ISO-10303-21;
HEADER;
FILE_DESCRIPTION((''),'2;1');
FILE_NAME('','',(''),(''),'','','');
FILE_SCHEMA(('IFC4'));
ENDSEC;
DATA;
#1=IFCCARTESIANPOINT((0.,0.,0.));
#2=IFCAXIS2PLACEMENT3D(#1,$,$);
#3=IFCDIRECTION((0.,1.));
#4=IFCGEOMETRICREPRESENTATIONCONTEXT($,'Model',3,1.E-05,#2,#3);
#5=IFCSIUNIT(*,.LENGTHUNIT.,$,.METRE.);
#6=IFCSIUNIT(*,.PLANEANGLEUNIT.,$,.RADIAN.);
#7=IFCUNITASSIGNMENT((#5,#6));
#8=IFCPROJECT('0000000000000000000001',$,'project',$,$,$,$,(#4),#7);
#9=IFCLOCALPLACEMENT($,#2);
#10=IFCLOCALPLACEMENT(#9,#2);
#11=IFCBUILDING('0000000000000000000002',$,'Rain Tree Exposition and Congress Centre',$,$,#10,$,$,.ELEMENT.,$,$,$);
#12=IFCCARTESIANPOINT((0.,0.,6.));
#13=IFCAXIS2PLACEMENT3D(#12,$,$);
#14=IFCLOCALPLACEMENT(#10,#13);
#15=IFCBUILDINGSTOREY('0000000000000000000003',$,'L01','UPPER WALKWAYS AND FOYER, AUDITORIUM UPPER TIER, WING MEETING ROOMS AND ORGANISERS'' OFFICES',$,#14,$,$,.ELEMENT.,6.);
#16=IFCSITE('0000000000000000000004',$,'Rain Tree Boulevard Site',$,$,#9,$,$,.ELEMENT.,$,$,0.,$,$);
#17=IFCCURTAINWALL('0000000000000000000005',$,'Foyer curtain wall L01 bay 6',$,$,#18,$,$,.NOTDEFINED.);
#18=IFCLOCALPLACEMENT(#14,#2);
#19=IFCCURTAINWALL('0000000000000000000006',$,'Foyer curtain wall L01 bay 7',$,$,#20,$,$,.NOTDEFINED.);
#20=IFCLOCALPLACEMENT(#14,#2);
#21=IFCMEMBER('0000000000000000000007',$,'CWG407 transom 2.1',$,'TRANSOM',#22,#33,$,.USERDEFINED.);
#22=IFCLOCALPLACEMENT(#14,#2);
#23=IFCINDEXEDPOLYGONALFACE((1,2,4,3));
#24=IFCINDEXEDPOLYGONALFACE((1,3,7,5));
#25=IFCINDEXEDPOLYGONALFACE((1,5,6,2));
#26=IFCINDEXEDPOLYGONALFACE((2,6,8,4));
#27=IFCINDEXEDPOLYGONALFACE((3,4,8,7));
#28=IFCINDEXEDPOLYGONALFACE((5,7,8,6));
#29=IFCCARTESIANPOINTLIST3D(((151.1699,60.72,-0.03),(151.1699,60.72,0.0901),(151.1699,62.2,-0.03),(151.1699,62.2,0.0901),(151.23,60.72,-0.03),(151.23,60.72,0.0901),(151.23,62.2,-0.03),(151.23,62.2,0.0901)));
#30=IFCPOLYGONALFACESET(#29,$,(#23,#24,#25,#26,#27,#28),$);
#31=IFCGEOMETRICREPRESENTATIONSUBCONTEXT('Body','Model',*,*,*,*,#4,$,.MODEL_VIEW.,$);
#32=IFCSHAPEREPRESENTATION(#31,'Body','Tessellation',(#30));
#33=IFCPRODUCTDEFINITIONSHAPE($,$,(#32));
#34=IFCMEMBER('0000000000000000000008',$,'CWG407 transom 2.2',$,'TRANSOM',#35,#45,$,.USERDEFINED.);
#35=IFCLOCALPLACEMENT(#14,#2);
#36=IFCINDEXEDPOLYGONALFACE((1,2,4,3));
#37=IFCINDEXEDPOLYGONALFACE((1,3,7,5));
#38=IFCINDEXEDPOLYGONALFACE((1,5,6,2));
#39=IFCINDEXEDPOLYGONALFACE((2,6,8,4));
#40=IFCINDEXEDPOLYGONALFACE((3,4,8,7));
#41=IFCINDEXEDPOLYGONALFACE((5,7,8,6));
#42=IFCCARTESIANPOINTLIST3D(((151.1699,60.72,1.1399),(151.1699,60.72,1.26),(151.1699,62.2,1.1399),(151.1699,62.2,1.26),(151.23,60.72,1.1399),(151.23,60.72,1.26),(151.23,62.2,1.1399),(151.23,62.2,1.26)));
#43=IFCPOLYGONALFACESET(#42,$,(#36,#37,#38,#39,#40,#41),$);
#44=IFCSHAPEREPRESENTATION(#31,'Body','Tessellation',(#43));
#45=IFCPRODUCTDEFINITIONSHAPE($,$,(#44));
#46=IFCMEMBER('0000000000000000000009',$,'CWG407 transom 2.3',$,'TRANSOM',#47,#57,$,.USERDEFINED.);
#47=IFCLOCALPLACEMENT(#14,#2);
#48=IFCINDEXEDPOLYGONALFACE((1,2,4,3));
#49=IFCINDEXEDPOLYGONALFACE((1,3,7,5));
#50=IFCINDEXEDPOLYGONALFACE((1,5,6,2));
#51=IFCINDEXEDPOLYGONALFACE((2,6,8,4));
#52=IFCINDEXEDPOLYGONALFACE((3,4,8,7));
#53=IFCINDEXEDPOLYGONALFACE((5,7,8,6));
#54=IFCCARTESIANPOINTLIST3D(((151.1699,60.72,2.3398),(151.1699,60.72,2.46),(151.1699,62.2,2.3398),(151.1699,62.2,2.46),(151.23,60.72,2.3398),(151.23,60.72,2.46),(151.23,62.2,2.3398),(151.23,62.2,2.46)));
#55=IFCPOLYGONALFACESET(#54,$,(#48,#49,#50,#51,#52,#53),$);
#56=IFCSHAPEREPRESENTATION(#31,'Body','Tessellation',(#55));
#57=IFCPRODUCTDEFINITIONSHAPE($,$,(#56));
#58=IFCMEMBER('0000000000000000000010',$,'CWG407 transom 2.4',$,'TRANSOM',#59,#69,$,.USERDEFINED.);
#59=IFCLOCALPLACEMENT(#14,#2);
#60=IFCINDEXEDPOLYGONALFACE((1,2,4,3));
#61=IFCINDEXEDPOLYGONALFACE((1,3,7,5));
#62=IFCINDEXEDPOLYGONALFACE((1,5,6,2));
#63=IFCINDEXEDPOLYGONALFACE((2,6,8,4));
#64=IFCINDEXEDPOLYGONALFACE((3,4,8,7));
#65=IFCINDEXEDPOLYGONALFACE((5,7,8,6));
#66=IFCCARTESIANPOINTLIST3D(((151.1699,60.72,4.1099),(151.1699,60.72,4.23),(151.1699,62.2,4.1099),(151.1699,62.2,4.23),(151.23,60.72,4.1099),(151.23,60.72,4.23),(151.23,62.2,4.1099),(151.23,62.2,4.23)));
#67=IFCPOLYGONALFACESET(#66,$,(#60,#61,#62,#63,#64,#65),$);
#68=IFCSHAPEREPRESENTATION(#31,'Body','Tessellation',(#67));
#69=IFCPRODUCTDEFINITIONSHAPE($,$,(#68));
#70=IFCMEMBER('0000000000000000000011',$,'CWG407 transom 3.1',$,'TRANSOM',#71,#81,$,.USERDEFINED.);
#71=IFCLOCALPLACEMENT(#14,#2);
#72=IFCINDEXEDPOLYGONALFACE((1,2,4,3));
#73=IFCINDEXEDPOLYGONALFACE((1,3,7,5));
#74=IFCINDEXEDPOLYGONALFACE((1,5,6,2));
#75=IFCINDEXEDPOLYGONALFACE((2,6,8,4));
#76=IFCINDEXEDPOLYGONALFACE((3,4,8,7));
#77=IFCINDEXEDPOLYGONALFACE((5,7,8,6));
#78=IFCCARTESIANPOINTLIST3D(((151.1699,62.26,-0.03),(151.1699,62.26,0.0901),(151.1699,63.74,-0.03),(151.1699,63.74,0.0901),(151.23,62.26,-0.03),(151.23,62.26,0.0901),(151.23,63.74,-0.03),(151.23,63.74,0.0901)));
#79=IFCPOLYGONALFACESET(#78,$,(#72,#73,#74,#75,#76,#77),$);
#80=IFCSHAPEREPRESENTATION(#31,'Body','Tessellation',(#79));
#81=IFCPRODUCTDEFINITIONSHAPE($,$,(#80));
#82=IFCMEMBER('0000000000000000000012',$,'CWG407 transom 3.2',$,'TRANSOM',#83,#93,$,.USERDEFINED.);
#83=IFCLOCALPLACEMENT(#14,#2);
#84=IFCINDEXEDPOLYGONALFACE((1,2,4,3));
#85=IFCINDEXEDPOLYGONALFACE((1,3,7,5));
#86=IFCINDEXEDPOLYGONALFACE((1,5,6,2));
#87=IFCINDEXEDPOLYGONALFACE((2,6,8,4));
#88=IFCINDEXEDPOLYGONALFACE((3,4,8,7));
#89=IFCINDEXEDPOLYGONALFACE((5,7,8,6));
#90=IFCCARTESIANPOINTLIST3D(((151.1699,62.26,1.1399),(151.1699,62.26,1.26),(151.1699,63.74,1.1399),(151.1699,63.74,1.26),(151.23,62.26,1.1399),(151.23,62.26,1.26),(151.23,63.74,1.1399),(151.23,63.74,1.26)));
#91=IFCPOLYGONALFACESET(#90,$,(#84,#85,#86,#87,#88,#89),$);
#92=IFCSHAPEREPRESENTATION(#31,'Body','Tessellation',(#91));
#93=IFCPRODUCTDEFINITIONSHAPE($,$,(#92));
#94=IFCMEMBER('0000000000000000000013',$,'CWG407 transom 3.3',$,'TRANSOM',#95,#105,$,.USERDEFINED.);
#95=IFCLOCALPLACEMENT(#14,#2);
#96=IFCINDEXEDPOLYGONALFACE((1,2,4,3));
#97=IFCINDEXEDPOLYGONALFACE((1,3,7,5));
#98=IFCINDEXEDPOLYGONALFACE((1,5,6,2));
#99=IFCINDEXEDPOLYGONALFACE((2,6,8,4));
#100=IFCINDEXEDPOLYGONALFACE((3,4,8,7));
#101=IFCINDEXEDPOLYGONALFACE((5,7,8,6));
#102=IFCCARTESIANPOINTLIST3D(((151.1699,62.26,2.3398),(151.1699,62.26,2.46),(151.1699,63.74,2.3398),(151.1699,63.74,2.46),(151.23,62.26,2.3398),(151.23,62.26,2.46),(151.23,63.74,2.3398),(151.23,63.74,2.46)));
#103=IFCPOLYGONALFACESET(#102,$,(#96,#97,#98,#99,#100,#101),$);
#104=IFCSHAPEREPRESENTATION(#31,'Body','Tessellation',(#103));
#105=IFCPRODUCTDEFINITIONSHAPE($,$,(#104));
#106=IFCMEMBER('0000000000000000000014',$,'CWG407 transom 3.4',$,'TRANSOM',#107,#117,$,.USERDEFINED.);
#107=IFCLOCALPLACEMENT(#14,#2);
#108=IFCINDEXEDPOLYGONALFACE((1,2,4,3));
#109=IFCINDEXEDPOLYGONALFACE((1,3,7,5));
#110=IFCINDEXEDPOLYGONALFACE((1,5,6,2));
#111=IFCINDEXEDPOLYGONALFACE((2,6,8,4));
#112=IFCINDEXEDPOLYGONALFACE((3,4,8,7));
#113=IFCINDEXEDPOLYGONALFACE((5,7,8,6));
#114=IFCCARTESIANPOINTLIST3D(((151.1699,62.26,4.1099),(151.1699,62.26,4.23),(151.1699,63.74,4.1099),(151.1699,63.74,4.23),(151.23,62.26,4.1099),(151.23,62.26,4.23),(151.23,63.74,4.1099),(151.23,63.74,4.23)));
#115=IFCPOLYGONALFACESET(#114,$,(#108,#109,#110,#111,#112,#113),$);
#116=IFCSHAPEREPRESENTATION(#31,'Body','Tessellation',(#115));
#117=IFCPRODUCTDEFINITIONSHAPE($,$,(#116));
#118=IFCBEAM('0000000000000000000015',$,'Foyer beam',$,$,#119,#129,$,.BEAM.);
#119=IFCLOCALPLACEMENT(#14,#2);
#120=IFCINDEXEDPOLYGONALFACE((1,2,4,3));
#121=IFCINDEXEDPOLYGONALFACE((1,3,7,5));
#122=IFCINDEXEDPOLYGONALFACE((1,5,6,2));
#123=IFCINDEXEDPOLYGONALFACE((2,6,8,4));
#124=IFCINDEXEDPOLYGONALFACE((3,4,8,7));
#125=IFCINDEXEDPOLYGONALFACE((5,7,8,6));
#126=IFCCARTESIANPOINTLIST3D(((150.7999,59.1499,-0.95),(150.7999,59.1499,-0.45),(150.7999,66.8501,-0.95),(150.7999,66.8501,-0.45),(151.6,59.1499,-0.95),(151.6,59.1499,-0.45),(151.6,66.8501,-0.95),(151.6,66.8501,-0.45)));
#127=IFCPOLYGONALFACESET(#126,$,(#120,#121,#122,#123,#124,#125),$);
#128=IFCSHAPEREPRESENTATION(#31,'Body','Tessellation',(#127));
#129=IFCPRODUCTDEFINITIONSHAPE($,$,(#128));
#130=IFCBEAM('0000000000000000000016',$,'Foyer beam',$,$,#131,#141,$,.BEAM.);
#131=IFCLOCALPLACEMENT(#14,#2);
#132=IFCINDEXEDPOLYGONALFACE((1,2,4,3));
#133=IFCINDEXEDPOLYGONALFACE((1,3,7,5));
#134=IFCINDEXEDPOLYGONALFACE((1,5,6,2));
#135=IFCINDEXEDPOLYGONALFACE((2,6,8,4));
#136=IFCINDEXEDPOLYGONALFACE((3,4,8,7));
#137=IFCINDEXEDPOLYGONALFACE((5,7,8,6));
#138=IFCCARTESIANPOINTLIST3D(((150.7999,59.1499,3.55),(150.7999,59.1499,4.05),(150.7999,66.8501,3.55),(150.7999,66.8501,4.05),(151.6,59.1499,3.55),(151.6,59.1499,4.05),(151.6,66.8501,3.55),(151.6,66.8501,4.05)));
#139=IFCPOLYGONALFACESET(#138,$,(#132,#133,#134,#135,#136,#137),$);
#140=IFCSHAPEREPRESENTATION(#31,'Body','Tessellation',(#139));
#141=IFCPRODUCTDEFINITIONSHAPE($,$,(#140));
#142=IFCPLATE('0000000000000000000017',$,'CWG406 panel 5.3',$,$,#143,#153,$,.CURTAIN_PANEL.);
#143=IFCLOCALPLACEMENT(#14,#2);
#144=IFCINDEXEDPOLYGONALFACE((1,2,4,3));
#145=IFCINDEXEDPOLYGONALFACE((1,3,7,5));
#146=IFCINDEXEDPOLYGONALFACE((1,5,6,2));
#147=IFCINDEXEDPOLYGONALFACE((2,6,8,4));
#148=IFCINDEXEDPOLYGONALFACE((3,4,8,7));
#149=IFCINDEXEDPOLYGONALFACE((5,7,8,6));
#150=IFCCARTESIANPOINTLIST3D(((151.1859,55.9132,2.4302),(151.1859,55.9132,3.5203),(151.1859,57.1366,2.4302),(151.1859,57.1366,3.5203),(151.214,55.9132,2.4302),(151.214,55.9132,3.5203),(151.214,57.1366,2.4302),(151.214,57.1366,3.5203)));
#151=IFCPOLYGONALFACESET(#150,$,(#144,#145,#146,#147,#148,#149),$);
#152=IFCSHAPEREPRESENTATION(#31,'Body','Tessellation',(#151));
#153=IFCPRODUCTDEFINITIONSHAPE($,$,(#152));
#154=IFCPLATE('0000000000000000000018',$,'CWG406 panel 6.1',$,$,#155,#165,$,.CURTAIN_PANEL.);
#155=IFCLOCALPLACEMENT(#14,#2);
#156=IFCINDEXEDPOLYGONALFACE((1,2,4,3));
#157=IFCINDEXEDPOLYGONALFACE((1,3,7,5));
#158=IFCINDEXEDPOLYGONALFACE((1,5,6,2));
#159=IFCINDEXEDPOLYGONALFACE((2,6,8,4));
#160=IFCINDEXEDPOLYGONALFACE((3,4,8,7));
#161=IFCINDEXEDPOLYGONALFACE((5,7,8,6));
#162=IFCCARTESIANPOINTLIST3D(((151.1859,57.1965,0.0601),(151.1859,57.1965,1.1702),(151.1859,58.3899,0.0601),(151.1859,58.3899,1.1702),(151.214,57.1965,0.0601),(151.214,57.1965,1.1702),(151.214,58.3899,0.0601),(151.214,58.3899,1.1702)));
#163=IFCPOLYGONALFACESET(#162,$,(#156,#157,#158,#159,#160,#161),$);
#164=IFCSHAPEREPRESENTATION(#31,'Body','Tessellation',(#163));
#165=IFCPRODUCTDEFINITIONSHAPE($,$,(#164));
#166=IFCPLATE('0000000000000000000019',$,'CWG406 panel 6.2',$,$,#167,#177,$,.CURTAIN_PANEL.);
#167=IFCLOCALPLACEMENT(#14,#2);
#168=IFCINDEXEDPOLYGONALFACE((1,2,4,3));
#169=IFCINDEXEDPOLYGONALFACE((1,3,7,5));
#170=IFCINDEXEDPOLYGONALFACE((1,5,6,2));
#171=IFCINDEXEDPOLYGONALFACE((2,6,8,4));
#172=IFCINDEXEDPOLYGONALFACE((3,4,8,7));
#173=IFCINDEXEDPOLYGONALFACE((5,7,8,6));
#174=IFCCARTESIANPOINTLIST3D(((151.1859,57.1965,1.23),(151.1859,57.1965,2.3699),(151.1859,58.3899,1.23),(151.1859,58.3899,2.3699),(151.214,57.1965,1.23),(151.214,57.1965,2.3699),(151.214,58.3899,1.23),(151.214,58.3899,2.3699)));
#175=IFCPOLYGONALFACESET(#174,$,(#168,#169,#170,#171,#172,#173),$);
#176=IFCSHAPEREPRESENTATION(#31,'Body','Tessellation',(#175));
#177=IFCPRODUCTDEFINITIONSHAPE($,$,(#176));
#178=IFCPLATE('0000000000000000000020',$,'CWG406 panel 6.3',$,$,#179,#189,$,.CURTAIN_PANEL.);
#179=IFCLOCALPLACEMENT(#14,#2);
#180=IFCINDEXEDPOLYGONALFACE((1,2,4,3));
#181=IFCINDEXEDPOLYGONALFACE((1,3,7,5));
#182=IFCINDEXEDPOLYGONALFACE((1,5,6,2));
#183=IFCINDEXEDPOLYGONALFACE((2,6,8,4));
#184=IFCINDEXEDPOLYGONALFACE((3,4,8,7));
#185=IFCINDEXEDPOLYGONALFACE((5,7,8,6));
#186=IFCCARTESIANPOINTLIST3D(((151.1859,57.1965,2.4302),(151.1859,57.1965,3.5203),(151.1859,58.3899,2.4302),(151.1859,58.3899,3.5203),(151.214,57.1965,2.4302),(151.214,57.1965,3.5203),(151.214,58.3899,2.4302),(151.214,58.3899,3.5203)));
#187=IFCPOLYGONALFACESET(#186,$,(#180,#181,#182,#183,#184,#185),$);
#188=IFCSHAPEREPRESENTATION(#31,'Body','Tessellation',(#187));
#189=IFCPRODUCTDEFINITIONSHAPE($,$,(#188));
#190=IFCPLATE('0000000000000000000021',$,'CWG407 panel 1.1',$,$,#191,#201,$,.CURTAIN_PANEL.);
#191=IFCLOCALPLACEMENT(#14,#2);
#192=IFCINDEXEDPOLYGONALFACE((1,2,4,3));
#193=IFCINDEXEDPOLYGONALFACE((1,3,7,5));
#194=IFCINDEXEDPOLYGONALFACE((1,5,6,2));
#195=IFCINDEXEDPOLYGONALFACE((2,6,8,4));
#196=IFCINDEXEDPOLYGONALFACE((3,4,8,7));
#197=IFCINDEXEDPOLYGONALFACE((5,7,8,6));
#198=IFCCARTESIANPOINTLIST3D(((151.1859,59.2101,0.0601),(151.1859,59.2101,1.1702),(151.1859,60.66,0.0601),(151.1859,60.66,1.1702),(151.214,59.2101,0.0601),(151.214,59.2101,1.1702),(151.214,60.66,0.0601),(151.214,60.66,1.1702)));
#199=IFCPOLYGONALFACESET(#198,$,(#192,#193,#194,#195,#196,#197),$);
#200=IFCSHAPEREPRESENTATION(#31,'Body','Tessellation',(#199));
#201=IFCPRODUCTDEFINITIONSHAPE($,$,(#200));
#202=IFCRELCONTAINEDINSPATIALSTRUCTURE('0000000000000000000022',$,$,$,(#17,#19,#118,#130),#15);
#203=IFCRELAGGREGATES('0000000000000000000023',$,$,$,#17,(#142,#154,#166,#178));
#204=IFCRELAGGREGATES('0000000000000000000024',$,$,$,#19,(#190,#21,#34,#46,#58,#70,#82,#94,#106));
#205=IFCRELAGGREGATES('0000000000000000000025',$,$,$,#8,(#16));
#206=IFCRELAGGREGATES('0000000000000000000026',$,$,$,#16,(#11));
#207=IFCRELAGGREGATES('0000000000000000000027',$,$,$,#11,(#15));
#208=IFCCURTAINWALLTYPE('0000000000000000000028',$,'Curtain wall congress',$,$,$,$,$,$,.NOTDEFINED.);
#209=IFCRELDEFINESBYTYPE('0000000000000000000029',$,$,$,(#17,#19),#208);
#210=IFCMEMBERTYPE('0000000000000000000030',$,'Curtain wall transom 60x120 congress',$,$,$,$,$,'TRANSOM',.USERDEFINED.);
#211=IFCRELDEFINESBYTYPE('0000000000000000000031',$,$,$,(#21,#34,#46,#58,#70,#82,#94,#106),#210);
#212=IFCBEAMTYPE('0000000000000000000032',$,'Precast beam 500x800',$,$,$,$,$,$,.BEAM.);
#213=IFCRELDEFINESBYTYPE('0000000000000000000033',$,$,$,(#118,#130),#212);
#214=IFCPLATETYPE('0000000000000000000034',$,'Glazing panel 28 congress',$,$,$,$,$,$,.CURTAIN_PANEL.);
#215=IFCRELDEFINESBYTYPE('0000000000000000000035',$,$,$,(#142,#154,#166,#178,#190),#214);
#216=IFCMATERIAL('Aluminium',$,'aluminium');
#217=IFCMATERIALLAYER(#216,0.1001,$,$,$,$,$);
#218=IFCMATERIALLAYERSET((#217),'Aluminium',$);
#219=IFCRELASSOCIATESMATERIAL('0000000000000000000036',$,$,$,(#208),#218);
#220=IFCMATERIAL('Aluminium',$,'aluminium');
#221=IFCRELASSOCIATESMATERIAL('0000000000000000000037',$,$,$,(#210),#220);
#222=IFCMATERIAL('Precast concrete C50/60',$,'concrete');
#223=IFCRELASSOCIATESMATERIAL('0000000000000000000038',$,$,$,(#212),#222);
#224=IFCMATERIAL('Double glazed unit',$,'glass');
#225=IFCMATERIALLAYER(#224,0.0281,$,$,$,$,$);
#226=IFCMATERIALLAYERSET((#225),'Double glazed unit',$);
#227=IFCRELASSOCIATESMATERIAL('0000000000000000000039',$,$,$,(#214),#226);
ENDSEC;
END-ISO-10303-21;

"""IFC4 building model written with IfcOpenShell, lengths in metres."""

from ifc_helpers import new_model, si_unit, direction, frame, origin, origin_2d, place, context, subcontext, project, spatial, rectangle, extrude, material, layer, layer_set, material_profile, profile_set, type_object, element, aggregate, save


model = new_model("IFC4")

# Units and contexts
model_context = context("Model", 3, precision=1e-05, world=origin(), true_north=direction((0.0, 1.0)))
body_context = subcontext(model_context, "Body", "Model", "MODEL_VIEW")
ifc_project = project(units=[si_unit("LENGTHUNIT", "METRE"), si_unit("PLANEANGLEUNIT", "RADIAN")], contexts=[model_context])

# Site, building, storey
site_placement = place(None, origin())
site = spatial("IfcSite", under=ifc_project, at=site_placement, Name="Rain Tree Boulevard Site", CompositionType="ELEMENT", RefElevation=0.0)
building_placement = place(site_placement, origin())
building = spatial("IfcBuilding", under=site, at=building_placement, Name="Rain Tree Exposition and Congress Centre", CompositionType="ELEMENT")
storey_placement = place(building_placement, frame((0.0, 0.0, 6.0)))
storey = spatial("IfcBuildingStorey", under=building, at=storey_placement, Name="L01", Description="UPPER WALKWAYS AND FOYER, AUDITORIUM UPPER TIER, WING MEETING ROOMS AND ORGANISERS' OFFICES", CompositionType="ELEMENT", Elevation=6.0)

# Curtain walls
ifc_material_1 = material(Name="Aluminium", Category="aluminium")
ifc_layer_1 = layer(ifc_material_1, 0.1001)
ifc_layer_set_1 = layer_set([ifc_layer_1], Name="Aluminium")
curtain_wall_type = type_object("IfcCurtainWallType", Name="Curtain wall congress", PredefinedType="NOTDEFINED", material=ifc_layer_set_1)
curtain_wall_1_placement = place(storey_placement, origin())
curtain_wall_1 = element("IfcCurtainWall", 1, at=curtain_wall_1_placement, inside=storey, type_object=curtain_wall_type, Name="Foyer curtain wall L01 bay 6", PredefinedType="NOTDEFINED")
curtain_wall_2_placement = place(storey_placement, origin())
curtain_wall_2 = element("IfcCurtainWall", 2, at=curtain_wall_2_placement, inside=storey, type_object=curtain_wall_type, Name="Foyer curtain wall L01 bay 7", PredefinedType="NOTDEFINED")

# Members
ifc_material_2 = material(Name="Aluminium", Category="aluminium")
ifc_material_profile_1 = material_profile(ifc_material_2, rectangle(XDim=0.0601, YDim=0.1201, at=origin_2d()), Name="AL 60x120")
ifc_profile_set_1 = profile_set([ifc_material_profile_1], Name="Aluminium")
member_type_1 = type_object("IfcMemberType", Name="Curtain wall transom 60x120 congress", ElementType="TRANSOM", PredefinedType="USERDEFINED", material=ifc_profile_set_1)
member_1_placement = place(storey_placement, frame((151.2, 60.72, 0.03), z_axis=(0.0, 1.0, 0.0), x_axis=(-1.0, 0.0, 0.0)))
member_1 = element("IfcMember", 3, at=member_1_placement, type_object=member_type_1, Name="CWG407 transom 2.1", ObjectType="TRANSOM", PredefinedType="USERDEFINED", context=body_context, shape_type="SweptSolid", body=[
    extrude(rectangle(XDim=0.0601, YDim=0.1201, at=origin_2d()), origin(), (0.0, 0.0, 1.0), 1.48),
])
member_2_placement = place(storey_placement, frame((151.2, 60.72, 1.2), z_axis=(0.0, 1.0, 0.0), x_axis=(-1.0, 0.0, 0.0)))
member_2 = element("IfcMember", 4, at=member_2_placement, type_object=member_type_1, Name="CWG407 transom 2.2", ObjectType="TRANSOM", PredefinedType="USERDEFINED", context=body_context, shape_type="SweptSolid", body=[
    extrude(rectangle(XDim=0.0601, YDim=0.1201, at=origin_2d()), origin(), (0.0, 0.0, 1.0), 1.48),
])
member_3_placement = place(storey_placement, frame((151.2, 60.72, 2.3999), z_axis=(0.0, 1.0, 0.0), x_axis=(-1.0, 0.0, 0.0)))
member_3 = element("IfcMember", 5, at=member_3_placement, type_object=member_type_1, Name="CWG407 transom 2.3", ObjectType="TRANSOM", PredefinedType="USERDEFINED", context=body_context, shape_type="SweptSolid", body=[
    extrude(rectangle(XDim=0.0601, YDim=0.1201, at=origin_2d()), origin(), (0.0, 0.0, 1.0), 1.48),
])
member_4_placement = place(storey_placement, frame((151.2, 60.72, 4.1699), z_axis=(0.0, 1.0, 0.0), x_axis=(-1.0, 0.0, 0.0)))
member_4 = element("IfcMember", 6, at=member_4_placement, type_object=member_type_1, Name="CWG407 transom 2.4", ObjectType="TRANSOM", PredefinedType="USERDEFINED", context=body_context, shape_type="SweptSolid", body=[
    extrude(rectangle(XDim=0.0601, YDim=0.1201, at=origin_2d()), origin(), (0.0, 0.0, 1.0), 1.48),
])
member_5_placement = place(storey_placement, frame((151.2, 62.26, 0.03), z_axis=(0.0, 1.0, 0.0), x_axis=(-1.0, 0.0, 0.0)))
member_5 = element("IfcMember", 7, at=member_5_placement, type_object=member_type_1, Name="CWG407 transom 3.1", ObjectType="TRANSOM", PredefinedType="USERDEFINED", context=body_context, shape_type="SweptSolid", body=[
    extrude(rectangle(XDim=0.0601, YDim=0.1201, at=origin_2d()), origin(), (0.0, 0.0, 1.0), 1.48),
])
member_6_placement = place(storey_placement, frame((151.2, 62.26, 1.2), z_axis=(0.0, 1.0, 0.0), x_axis=(-1.0, 0.0, 0.0)))
member_6 = element("IfcMember", 8, at=member_6_placement, type_object=member_type_1, Name="CWG407 transom 3.2", ObjectType="TRANSOM", PredefinedType="USERDEFINED", context=body_context, shape_type="SweptSolid", body=[
    extrude(rectangle(XDim=0.0601, YDim=0.1201, at=origin_2d()), origin(), (0.0, 0.0, 1.0), 1.48),
])
member_7_placement = place(storey_placement, frame((151.2, 62.26, 2.3999), z_axis=(0.0, 1.0, 0.0), x_axis=(-1.0, 0.0, 0.0)))
member_7 = element("IfcMember", 9, at=member_7_placement, type_object=member_type_1, Name="CWG407 transom 3.3", ObjectType="TRANSOM", PredefinedType="USERDEFINED", context=body_context, shape_type="SweptSolid", body=[
    extrude(rectangle(XDim=0.0601, YDim=0.1201, at=origin_2d()), origin(), (0.0, 0.0, 1.0), 1.48),
])
member_8_placement = place(storey_placement, frame((151.2, 62.26, 4.1699), z_axis=(0.0, 1.0, 0.0), x_axis=(-1.0, 0.0, 0.0)))
member_8 = element("IfcMember", 10, at=member_8_placement, type_object=member_type_1, Name="CWG407 transom 3.4", ObjectType="TRANSOM", PredefinedType="USERDEFINED", context=body_context, shape_type="SweptSolid", body=[
    extrude(rectangle(XDim=0.0601, YDim=0.1201, at=origin_2d()), origin(), (0.0, 0.0, 1.0), 1.48),
])

# Beams
ifc_material_3 = material(Name="Precast concrete C50/60", Category="concrete")
ifc_material_profile_2 = material_profile(ifc_material_3, rectangle(XDim=0.5, YDim=0.8, at=origin_2d()), Name="RC 500x800")
ifc_profile_set_2 = profile_set([ifc_material_profile_2], Name="Precast concrete C50/60")
beam_type = type_object("IfcBeamType", Name="Precast beam 500x800", PredefinedType="BEAM", material=ifc_profile_set_2)
for number, where, z_axis, x_axis, name in (
    (11, (151.2, 59.1499, -0.7), (0.0, 1.0, 0.0), (0.0, 0.0, 1.0), "Foyer beam"),
    (12, (151.2, 59.1499, 3.8), (0.0, 1.0, 0.0), (0.0, 0.0, 1.0), "Foyer beam"),
):
    element("IfcBeam", number, at=place(storey_placement, frame(where, z_axis=z_axis, x_axis=x_axis)), inside=storey, type_object=beam_type, Name=name, PredefinedType="BEAM", context=body_context, shape_type="SweptSolid", body=[
        extrude(rectangle(XDim=0.5, YDim=0.8, at=origin_2d()), origin(), (0.0, 0.0, 1.0), 7.7002),
    ])

# Plates
ifc_material_4 = material(Name="Double glazed unit", Category="glass")
ifc_layer_2 = layer(ifc_material_4, 0.0281)
ifc_layer_set_2 = layer_set([ifc_layer_2], Name="Double glazed unit")
plate_type = type_object("IfcPlateType", Name="Glazing panel 28 congress", PredefinedType="CURTAIN_PANEL", material=ifc_layer_set_2)
plate_1_placement = place(storey_placement, frame((151.2, 56.5249, 2.4302), z_axis=(0.0, 0.0, 1.0), x_axis=(0.0, 1.0, 0.0)))
plate_1 = element("IfcPlate", 13, at=plate_1_placement, type_object=plate_type, Name="CWG406 panel 5.3", PredefinedType="CURTAIN_PANEL", context=body_context, shape_type="SweptSolid", body=[
    extrude(rectangle(XDim=1.2234, YDim=0.0281, at=origin_2d()), origin(), (0.0, 0.0, 1.0), 1.0901),
])
plate_2_placement = place(storey_placement, frame((151.2, 57.7932, 0.0601), z_axis=(0.0, 0.0, 1.0), x_axis=(0.0, 1.0, 0.0)))
plate_2 = element("IfcPlate", 14, at=plate_2_placement, type_object=plate_type, Name="CWG406 panel 6.1", PredefinedType="CURTAIN_PANEL", context=body_context, shape_type="SweptSolid", body=[
    extrude(rectangle(XDim=1.1934, YDim=0.0281, at=origin_2d()), origin(), (0.0, 0.0, 1.0), 1.1101),
])
plate_3_placement = place(storey_placement, frame((151.2, 57.7932, 1.23), z_axis=(0.0, 0.0, 1.0), x_axis=(0.0, 1.0, 0.0)))
plate_3 = element("IfcPlate", 15, at=plate_3_placement, type_object=plate_type, Name="CWG406 panel 6.2", PredefinedType="CURTAIN_PANEL", context=body_context, shape_type="SweptSolid", body=[
    extrude(rectangle(XDim=1.1934, YDim=0.0281, at=origin_2d()), origin(), (0.0, 0.0, 1.0), 1.1399),
])
plate_4_placement = place(storey_placement, frame((151.2, 57.7932, 2.4302), z_axis=(0.0, 0.0, 1.0), x_axis=(0.0, 1.0, 0.0)))
plate_4 = element("IfcPlate", 16, at=plate_4_placement, type_object=plate_type, Name="CWG406 panel 6.3", PredefinedType="CURTAIN_PANEL", context=body_context, shape_type="SweptSolid", body=[
    extrude(rectangle(XDim=1.1934, YDim=0.0281, at=origin_2d()), origin(), (0.0, 0.0, 1.0), 1.0901),
])
aggregate(curtain_wall_1, [plate_1, plate_2, plate_3, plate_4])
plate_5_placement = place(storey_placement, frame((151.2, 59.9351, 0.0601), z_axis=(0.0, 0.0, 1.0), x_axis=(0.0, 1.0, 0.0)))
plate_5 = element("IfcPlate", 17, at=plate_5_placement, type_object=plate_type, Name="CWG407 panel 1.1", PredefinedType="CURTAIN_PANEL", context=body_context, shape_type="SweptSolid", body=[
    extrude(rectangle(XDim=1.45, YDim=0.0281, at=origin_2d()), origin(), (0.0, 0.0, 1.0), 1.1101),
])
aggregate(curtain_wall_2, [plate_5, member_1, member_2, member_3, member_4, member_5, member_6, member_7, member_8])

save(model, "model.ifc")
